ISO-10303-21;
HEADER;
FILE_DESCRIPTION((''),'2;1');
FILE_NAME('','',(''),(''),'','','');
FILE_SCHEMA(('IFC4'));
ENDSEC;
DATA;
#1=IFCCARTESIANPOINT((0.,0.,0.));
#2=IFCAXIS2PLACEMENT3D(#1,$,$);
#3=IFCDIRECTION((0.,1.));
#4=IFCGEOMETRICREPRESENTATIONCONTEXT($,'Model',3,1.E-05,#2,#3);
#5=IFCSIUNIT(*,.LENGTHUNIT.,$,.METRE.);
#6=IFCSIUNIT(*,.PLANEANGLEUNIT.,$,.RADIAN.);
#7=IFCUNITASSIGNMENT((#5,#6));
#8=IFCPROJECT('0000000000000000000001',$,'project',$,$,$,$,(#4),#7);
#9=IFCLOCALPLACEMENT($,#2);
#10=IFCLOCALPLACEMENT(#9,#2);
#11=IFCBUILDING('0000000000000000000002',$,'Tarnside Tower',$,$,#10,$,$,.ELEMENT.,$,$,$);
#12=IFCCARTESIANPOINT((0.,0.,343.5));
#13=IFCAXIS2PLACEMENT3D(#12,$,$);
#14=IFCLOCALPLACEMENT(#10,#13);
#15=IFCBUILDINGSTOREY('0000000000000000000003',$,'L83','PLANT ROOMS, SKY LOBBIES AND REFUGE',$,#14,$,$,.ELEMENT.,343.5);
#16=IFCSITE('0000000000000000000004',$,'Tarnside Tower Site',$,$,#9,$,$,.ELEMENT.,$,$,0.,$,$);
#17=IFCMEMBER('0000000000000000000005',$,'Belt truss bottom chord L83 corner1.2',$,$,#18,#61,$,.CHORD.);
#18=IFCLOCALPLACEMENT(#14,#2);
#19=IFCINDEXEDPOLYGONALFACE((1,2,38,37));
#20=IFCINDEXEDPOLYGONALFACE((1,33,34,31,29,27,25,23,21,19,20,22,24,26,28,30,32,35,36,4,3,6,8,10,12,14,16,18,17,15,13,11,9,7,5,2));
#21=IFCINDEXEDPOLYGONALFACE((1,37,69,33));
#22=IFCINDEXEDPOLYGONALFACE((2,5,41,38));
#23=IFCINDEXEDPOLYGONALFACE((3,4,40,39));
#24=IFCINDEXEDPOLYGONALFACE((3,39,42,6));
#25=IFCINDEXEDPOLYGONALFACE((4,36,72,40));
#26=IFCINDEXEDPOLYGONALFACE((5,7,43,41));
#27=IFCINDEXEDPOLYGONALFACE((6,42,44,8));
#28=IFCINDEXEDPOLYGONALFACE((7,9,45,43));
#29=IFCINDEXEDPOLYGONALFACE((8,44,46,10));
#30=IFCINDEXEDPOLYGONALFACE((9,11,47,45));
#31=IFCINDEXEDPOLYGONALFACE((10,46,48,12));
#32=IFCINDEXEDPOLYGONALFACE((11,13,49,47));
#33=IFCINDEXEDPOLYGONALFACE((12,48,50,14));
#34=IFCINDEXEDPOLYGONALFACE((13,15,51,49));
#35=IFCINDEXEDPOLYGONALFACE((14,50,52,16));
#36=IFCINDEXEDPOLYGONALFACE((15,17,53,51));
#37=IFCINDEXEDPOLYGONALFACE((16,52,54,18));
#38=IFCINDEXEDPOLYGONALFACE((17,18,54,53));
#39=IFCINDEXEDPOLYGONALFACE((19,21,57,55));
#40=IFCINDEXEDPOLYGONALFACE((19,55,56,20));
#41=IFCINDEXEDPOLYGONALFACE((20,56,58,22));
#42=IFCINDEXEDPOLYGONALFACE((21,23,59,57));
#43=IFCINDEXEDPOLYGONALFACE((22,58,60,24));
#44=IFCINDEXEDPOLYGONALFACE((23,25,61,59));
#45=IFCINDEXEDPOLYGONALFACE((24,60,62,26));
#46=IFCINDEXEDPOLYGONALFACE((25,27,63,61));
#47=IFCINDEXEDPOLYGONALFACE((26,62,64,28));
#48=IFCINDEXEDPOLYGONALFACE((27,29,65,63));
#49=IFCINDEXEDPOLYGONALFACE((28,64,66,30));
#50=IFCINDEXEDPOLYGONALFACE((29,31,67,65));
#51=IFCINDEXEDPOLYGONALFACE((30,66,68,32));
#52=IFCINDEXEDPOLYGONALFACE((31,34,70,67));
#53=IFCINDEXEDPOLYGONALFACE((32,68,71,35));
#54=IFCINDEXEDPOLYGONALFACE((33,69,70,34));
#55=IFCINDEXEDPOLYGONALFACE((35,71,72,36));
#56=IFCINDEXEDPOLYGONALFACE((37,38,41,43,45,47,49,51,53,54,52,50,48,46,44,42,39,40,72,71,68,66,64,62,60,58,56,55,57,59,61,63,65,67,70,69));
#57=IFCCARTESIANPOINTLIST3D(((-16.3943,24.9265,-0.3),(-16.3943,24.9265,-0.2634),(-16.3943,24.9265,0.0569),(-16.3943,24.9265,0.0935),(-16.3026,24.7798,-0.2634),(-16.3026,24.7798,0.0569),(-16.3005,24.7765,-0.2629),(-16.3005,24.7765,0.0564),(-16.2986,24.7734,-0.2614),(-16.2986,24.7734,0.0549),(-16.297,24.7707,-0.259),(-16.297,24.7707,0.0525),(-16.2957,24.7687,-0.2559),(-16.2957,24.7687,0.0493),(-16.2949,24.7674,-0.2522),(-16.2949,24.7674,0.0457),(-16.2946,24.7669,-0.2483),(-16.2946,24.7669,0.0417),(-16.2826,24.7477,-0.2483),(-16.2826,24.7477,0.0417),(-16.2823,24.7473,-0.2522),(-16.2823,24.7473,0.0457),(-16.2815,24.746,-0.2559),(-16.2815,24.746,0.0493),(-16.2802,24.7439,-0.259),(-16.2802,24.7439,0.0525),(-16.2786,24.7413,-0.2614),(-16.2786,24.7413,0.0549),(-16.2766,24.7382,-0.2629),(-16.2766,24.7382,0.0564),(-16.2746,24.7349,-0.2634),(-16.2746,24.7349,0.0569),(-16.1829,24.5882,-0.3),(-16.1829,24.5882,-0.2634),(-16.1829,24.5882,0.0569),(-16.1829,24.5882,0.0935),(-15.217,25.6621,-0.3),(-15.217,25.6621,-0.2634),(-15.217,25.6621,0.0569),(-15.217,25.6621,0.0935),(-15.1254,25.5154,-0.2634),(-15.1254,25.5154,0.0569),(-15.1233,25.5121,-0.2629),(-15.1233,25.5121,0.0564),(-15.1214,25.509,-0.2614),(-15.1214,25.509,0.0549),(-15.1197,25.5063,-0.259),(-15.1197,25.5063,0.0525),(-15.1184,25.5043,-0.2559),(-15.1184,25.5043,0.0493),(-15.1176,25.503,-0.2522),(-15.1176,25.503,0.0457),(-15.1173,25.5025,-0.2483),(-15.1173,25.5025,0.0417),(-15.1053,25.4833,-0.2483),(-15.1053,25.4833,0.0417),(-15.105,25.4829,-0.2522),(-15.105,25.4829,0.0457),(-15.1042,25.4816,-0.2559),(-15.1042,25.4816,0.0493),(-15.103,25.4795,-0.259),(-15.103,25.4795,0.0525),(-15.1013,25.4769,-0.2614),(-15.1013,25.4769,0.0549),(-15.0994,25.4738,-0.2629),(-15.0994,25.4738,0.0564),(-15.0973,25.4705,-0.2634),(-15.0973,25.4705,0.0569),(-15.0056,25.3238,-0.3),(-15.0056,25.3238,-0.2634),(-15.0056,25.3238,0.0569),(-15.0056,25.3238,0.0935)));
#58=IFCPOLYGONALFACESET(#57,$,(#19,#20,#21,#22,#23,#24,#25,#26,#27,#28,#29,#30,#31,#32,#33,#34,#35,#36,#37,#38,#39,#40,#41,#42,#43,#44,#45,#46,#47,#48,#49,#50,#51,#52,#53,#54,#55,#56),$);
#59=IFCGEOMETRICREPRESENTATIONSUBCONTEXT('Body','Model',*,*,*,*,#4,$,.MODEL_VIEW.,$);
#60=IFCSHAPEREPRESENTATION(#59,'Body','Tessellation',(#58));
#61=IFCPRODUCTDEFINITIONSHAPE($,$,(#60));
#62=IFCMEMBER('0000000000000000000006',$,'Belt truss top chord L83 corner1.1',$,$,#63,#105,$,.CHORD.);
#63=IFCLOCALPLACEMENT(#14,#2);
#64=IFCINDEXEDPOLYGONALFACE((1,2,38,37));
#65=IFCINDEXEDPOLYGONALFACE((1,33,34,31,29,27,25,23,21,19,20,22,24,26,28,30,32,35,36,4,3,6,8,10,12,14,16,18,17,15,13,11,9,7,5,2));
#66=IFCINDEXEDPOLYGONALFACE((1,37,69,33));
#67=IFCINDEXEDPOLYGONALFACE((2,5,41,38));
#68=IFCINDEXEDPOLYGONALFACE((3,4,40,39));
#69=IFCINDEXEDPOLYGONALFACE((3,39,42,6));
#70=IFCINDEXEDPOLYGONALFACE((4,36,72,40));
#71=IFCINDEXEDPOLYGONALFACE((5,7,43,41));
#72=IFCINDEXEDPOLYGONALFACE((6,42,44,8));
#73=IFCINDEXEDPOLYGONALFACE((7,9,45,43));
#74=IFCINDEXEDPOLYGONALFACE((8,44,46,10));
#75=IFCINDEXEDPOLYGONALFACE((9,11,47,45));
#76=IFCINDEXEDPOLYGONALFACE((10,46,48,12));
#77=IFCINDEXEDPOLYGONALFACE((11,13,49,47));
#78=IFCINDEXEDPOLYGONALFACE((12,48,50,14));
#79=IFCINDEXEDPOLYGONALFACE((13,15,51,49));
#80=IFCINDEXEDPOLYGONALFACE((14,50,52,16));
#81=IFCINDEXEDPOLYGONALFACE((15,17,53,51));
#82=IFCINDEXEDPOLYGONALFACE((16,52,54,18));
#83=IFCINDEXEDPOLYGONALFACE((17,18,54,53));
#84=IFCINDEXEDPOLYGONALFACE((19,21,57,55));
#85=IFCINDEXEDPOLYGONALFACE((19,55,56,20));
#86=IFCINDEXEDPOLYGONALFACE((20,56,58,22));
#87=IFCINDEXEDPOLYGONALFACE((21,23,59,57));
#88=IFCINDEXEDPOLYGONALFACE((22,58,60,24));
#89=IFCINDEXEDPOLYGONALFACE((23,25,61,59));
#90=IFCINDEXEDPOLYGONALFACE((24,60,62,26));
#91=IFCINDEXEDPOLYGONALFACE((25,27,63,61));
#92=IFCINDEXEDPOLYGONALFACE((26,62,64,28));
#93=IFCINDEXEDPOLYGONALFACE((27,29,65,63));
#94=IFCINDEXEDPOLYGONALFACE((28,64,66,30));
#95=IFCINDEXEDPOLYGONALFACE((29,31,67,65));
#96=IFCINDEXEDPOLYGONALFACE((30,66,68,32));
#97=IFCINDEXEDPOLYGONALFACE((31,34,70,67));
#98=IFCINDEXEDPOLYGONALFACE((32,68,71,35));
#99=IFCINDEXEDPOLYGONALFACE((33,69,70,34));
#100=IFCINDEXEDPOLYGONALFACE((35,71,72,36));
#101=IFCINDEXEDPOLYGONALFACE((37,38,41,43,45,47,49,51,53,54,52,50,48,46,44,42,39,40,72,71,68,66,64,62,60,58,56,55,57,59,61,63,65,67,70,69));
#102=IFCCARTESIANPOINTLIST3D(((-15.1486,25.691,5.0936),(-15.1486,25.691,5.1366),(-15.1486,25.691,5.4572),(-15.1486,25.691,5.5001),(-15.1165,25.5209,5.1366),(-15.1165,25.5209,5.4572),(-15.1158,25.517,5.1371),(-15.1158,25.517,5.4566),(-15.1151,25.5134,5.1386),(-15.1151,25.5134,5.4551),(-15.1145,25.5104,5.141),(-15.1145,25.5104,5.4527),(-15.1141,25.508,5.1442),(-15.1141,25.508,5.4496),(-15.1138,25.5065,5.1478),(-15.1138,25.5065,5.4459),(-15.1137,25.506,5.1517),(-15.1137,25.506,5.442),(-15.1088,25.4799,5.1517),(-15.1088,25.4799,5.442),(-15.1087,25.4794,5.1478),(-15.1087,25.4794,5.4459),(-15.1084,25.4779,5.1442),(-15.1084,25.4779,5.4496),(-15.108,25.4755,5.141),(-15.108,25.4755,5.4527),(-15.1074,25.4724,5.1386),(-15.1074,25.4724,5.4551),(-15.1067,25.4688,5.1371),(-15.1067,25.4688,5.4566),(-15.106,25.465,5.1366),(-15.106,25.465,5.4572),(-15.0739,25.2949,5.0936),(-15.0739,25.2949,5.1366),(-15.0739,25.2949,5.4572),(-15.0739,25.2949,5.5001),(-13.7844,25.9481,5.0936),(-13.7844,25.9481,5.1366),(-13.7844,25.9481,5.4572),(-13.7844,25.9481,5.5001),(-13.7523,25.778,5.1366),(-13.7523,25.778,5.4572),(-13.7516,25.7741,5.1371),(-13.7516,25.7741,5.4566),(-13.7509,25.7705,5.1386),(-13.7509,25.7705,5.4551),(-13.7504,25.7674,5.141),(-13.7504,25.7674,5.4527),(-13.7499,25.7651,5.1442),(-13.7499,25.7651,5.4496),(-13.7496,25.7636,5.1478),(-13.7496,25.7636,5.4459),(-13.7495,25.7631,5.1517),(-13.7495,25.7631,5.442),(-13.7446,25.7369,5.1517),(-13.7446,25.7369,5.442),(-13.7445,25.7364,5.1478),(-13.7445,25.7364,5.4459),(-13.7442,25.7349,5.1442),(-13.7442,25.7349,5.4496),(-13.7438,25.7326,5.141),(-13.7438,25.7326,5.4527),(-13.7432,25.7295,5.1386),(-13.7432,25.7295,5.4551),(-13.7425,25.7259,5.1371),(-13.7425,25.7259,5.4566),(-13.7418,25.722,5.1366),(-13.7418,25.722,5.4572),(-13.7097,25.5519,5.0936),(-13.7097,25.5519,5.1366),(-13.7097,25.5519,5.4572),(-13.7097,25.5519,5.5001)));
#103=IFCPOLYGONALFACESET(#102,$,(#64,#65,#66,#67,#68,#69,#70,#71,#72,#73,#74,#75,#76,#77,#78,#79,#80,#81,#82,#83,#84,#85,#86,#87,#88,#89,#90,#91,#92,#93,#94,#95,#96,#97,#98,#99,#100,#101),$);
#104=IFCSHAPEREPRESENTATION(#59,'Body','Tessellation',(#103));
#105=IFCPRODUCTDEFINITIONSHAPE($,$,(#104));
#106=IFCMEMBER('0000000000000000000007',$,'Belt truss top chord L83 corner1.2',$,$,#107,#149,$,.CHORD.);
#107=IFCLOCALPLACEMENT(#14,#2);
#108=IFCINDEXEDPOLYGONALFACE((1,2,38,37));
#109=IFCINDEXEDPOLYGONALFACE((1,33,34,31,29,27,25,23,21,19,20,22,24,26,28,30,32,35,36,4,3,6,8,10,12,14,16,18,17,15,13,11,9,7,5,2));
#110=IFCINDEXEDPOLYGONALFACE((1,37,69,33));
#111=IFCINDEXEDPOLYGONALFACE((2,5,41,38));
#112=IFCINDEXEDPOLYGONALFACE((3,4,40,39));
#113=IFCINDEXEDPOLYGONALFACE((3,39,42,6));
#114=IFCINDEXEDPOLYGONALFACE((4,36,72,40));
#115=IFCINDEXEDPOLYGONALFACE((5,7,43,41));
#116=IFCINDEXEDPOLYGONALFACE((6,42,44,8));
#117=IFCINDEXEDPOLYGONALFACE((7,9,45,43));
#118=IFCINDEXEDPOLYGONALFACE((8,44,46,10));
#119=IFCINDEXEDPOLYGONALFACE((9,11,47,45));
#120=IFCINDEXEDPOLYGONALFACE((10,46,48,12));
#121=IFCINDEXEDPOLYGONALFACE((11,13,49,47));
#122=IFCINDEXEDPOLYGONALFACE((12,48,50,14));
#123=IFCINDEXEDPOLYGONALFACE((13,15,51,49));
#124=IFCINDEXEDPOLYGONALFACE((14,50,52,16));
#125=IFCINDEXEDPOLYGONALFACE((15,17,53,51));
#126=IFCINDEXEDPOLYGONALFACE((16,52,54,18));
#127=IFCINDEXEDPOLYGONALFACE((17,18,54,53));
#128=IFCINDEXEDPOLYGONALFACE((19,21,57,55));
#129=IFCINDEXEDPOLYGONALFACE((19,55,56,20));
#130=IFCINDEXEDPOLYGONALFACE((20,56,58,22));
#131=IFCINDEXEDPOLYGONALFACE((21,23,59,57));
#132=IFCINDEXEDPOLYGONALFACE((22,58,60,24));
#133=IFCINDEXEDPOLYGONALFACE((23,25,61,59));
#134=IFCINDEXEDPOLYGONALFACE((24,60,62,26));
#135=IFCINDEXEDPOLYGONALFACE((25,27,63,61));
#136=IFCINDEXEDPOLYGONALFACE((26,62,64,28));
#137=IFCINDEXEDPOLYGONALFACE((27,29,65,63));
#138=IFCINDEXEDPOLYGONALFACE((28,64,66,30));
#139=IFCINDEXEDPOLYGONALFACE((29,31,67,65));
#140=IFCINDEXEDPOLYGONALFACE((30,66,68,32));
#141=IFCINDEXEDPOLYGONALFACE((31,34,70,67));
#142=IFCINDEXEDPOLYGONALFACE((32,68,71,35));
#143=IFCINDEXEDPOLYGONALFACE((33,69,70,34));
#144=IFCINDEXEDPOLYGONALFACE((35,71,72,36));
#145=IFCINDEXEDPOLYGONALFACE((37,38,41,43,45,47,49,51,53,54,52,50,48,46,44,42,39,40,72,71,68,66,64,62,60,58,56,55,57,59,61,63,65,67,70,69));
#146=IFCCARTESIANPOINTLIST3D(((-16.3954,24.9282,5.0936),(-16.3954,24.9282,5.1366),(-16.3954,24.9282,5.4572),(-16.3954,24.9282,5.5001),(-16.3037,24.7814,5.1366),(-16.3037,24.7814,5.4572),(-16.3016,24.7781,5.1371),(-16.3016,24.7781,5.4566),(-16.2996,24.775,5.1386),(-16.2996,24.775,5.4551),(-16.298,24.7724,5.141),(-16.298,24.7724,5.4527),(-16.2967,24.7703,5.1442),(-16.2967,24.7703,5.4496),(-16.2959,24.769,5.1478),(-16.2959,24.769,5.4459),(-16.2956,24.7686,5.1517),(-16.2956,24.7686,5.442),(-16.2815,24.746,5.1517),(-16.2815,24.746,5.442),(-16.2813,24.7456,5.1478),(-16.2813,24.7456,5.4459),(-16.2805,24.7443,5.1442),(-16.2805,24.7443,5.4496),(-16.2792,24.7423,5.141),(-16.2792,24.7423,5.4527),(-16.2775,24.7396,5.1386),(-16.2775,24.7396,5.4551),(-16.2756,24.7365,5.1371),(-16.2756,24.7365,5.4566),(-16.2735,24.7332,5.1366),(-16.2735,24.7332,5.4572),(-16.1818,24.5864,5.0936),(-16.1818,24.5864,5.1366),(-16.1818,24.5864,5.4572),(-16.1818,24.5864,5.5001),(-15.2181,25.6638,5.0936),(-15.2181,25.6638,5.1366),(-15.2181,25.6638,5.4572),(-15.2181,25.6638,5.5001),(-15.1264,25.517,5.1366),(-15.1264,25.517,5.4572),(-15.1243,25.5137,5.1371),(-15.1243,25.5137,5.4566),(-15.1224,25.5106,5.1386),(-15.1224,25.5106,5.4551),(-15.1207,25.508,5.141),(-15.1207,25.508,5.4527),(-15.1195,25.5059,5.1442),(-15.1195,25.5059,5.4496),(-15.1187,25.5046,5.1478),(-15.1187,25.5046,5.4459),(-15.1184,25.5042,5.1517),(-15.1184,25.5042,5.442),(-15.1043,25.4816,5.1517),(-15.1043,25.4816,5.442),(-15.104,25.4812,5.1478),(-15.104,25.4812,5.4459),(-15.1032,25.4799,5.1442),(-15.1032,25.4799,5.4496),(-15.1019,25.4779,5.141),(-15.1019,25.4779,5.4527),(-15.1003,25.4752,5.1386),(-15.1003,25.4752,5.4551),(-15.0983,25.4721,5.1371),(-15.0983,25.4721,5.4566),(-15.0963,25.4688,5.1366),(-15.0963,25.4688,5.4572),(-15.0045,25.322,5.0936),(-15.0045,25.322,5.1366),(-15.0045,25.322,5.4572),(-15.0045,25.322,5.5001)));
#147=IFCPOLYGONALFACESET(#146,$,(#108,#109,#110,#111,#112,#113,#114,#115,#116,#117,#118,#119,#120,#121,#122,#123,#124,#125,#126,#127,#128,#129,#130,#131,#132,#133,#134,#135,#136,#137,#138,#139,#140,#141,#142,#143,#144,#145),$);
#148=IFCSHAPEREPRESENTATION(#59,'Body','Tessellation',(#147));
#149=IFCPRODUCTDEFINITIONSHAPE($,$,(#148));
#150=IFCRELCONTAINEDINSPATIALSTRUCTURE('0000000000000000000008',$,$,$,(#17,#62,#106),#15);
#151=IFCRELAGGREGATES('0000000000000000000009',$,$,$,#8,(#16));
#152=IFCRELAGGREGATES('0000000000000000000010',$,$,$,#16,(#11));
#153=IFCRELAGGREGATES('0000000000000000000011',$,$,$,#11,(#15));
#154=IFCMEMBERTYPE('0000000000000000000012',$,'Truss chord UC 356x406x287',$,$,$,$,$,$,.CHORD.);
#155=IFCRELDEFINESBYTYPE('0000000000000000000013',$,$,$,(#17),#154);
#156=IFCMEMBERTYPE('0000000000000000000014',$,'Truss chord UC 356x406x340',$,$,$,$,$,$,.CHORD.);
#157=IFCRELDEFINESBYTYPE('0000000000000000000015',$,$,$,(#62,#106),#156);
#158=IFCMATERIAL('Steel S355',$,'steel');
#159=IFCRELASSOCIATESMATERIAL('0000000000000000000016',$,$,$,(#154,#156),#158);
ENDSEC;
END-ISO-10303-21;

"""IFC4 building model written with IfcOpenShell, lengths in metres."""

from ifc_helpers import new_model, si_unit, direction, frame, origin, origin_2d, place, context, subcontext, project, spatial, i_section, extrude, material, material_profile, profile_set, type_object, element, save


model = new_model("IFC4")

# Units and contexts
model_context = context("Model", 3, precision=1e-05, world=origin(), true_north=direction((0.0, 1.0)))
body_context = subcontext(model_context, "Body", "Model", "MODEL_VIEW")
ifc_project = project(units=[si_unit("LENGTHUNIT", "METRE"), si_unit("PLANEANGLEUNIT", "RADIAN")], contexts=[model_context])

# Site, building, storey
site_placement = place(None, origin())
site = spatial("IfcSite", under=ifc_project, at=site_placement, Name="Tarnside Tower Site", CompositionType="ELEMENT", RefElevation=0.0)
building_placement = place(site_placement, origin())
building = spatial("IfcBuilding", under=site, at=building_placement, Name="Tarnside Tower", CompositionType="ELEMENT")
storey_placement = place(building_placement, frame((0.0, 0.0, 343.5)))
storey = spatial("IfcBuildingStorey", under=building, at=storey_placement, Name="L83", Description="PLANT ROOMS, SKY LOBBIES AND REFUGE", CompositionType="ELEMENT", Elevation=343.5)

# Shared definitions
ifc_material_1 = material(Name="Steel S355", Category="steel")

# Members
ifc_material_profile_1 = material_profile(ifc_material_1, i_section(OverallWidth=0.3989, OverallDepth=0.3936, WebThickness=0.0227, FlangeThickness=0.0366, FilletRadius=0.0151, at=origin_2d()), Name="UC 356x406x287")
ifc_profile_set_1 = profile_set([ifc_material_profile_1], Name="Steel S355")
member_type_1 = type_object("IfcMemberType", Name="Truss chord UC 356x406x287", PredefinedType="CHORD", material=ifc_profile_set_1)
for number, where, z_axis, x_axis, name in (
    (1, (-15.1113, 25.4929, -0.1033), (-0.848058, -0.529904, 0.0), (0.529904, -0.848058, 0.0), "Belt truss bottom chord L83 corner1.2"),
):
    element("IfcMember", number, at=place(storey_placement, frame(where, z_axis=z_axis, x_axis=x_axis)), inside=storey, type_object=member_type_1, Name=name, PredefinedType="CHORD", context=body_context, shape_type="SweptSolid", body=[
        extrude(i_section(OverallWidth=0.3989, OverallDepth=0.3936, WebThickness=0.0227, FlangeThickness=0.0366, FilletRadius=0.0151, at=origin_2d()), origin(), (0.0, 0.0, 1.0), 1.3882),
    ])
ifc_material_profile_2 = material_profile(ifc_material_1, i_section(OverallWidth=0.4031, OverallDepth=0.4065, WebThickness=0.0266, FlangeThickness=0.043, FilletRadius=0.0151, at=origin_2d()), Name="UC 356x406x340")
ifc_profile_set_2 = profile_set([ifc_material_profile_2], Name="Steel S355")
member_type_2 = type_object("IfcMemberType", Name="Truss chord UC 356x406x340", PredefinedType="CHORD", material=ifc_profile_set_2)
for number, where, z_axis, x_axis, name in (
    (2, (-13.7471, 25.75, 5.2969), (-0.982705, -0.18518, 0.0), (0.18518, -0.982705, 0.0), "Belt truss top chord L83 corner1.1"),
    (3, (-15.1113, 25.4929, 5.2969), (-0.848058, -0.529904, 0.0), (0.529904, -0.848058, 0.0), "Belt truss top chord L83 corner1.2"),
):
    element("IfcMember", number, at=place(storey_placement, frame(where, z_axis=z_axis, x_axis=x_axis)), inside=storey, type_object=member_type_2, Name=name, PredefinedType="CHORD", context=body_context, shape_type="SweptSolid", body=[
        extrude(i_section(OverallWidth=0.4031, OverallDepth=0.4065, WebThickness=0.0266, FlangeThickness=0.043, FilletRadius=0.0151, at=origin_2d()), origin(), (0.0, 0.0, 1.0), 1.3882),
    ])

save(model, "model.ifc")
